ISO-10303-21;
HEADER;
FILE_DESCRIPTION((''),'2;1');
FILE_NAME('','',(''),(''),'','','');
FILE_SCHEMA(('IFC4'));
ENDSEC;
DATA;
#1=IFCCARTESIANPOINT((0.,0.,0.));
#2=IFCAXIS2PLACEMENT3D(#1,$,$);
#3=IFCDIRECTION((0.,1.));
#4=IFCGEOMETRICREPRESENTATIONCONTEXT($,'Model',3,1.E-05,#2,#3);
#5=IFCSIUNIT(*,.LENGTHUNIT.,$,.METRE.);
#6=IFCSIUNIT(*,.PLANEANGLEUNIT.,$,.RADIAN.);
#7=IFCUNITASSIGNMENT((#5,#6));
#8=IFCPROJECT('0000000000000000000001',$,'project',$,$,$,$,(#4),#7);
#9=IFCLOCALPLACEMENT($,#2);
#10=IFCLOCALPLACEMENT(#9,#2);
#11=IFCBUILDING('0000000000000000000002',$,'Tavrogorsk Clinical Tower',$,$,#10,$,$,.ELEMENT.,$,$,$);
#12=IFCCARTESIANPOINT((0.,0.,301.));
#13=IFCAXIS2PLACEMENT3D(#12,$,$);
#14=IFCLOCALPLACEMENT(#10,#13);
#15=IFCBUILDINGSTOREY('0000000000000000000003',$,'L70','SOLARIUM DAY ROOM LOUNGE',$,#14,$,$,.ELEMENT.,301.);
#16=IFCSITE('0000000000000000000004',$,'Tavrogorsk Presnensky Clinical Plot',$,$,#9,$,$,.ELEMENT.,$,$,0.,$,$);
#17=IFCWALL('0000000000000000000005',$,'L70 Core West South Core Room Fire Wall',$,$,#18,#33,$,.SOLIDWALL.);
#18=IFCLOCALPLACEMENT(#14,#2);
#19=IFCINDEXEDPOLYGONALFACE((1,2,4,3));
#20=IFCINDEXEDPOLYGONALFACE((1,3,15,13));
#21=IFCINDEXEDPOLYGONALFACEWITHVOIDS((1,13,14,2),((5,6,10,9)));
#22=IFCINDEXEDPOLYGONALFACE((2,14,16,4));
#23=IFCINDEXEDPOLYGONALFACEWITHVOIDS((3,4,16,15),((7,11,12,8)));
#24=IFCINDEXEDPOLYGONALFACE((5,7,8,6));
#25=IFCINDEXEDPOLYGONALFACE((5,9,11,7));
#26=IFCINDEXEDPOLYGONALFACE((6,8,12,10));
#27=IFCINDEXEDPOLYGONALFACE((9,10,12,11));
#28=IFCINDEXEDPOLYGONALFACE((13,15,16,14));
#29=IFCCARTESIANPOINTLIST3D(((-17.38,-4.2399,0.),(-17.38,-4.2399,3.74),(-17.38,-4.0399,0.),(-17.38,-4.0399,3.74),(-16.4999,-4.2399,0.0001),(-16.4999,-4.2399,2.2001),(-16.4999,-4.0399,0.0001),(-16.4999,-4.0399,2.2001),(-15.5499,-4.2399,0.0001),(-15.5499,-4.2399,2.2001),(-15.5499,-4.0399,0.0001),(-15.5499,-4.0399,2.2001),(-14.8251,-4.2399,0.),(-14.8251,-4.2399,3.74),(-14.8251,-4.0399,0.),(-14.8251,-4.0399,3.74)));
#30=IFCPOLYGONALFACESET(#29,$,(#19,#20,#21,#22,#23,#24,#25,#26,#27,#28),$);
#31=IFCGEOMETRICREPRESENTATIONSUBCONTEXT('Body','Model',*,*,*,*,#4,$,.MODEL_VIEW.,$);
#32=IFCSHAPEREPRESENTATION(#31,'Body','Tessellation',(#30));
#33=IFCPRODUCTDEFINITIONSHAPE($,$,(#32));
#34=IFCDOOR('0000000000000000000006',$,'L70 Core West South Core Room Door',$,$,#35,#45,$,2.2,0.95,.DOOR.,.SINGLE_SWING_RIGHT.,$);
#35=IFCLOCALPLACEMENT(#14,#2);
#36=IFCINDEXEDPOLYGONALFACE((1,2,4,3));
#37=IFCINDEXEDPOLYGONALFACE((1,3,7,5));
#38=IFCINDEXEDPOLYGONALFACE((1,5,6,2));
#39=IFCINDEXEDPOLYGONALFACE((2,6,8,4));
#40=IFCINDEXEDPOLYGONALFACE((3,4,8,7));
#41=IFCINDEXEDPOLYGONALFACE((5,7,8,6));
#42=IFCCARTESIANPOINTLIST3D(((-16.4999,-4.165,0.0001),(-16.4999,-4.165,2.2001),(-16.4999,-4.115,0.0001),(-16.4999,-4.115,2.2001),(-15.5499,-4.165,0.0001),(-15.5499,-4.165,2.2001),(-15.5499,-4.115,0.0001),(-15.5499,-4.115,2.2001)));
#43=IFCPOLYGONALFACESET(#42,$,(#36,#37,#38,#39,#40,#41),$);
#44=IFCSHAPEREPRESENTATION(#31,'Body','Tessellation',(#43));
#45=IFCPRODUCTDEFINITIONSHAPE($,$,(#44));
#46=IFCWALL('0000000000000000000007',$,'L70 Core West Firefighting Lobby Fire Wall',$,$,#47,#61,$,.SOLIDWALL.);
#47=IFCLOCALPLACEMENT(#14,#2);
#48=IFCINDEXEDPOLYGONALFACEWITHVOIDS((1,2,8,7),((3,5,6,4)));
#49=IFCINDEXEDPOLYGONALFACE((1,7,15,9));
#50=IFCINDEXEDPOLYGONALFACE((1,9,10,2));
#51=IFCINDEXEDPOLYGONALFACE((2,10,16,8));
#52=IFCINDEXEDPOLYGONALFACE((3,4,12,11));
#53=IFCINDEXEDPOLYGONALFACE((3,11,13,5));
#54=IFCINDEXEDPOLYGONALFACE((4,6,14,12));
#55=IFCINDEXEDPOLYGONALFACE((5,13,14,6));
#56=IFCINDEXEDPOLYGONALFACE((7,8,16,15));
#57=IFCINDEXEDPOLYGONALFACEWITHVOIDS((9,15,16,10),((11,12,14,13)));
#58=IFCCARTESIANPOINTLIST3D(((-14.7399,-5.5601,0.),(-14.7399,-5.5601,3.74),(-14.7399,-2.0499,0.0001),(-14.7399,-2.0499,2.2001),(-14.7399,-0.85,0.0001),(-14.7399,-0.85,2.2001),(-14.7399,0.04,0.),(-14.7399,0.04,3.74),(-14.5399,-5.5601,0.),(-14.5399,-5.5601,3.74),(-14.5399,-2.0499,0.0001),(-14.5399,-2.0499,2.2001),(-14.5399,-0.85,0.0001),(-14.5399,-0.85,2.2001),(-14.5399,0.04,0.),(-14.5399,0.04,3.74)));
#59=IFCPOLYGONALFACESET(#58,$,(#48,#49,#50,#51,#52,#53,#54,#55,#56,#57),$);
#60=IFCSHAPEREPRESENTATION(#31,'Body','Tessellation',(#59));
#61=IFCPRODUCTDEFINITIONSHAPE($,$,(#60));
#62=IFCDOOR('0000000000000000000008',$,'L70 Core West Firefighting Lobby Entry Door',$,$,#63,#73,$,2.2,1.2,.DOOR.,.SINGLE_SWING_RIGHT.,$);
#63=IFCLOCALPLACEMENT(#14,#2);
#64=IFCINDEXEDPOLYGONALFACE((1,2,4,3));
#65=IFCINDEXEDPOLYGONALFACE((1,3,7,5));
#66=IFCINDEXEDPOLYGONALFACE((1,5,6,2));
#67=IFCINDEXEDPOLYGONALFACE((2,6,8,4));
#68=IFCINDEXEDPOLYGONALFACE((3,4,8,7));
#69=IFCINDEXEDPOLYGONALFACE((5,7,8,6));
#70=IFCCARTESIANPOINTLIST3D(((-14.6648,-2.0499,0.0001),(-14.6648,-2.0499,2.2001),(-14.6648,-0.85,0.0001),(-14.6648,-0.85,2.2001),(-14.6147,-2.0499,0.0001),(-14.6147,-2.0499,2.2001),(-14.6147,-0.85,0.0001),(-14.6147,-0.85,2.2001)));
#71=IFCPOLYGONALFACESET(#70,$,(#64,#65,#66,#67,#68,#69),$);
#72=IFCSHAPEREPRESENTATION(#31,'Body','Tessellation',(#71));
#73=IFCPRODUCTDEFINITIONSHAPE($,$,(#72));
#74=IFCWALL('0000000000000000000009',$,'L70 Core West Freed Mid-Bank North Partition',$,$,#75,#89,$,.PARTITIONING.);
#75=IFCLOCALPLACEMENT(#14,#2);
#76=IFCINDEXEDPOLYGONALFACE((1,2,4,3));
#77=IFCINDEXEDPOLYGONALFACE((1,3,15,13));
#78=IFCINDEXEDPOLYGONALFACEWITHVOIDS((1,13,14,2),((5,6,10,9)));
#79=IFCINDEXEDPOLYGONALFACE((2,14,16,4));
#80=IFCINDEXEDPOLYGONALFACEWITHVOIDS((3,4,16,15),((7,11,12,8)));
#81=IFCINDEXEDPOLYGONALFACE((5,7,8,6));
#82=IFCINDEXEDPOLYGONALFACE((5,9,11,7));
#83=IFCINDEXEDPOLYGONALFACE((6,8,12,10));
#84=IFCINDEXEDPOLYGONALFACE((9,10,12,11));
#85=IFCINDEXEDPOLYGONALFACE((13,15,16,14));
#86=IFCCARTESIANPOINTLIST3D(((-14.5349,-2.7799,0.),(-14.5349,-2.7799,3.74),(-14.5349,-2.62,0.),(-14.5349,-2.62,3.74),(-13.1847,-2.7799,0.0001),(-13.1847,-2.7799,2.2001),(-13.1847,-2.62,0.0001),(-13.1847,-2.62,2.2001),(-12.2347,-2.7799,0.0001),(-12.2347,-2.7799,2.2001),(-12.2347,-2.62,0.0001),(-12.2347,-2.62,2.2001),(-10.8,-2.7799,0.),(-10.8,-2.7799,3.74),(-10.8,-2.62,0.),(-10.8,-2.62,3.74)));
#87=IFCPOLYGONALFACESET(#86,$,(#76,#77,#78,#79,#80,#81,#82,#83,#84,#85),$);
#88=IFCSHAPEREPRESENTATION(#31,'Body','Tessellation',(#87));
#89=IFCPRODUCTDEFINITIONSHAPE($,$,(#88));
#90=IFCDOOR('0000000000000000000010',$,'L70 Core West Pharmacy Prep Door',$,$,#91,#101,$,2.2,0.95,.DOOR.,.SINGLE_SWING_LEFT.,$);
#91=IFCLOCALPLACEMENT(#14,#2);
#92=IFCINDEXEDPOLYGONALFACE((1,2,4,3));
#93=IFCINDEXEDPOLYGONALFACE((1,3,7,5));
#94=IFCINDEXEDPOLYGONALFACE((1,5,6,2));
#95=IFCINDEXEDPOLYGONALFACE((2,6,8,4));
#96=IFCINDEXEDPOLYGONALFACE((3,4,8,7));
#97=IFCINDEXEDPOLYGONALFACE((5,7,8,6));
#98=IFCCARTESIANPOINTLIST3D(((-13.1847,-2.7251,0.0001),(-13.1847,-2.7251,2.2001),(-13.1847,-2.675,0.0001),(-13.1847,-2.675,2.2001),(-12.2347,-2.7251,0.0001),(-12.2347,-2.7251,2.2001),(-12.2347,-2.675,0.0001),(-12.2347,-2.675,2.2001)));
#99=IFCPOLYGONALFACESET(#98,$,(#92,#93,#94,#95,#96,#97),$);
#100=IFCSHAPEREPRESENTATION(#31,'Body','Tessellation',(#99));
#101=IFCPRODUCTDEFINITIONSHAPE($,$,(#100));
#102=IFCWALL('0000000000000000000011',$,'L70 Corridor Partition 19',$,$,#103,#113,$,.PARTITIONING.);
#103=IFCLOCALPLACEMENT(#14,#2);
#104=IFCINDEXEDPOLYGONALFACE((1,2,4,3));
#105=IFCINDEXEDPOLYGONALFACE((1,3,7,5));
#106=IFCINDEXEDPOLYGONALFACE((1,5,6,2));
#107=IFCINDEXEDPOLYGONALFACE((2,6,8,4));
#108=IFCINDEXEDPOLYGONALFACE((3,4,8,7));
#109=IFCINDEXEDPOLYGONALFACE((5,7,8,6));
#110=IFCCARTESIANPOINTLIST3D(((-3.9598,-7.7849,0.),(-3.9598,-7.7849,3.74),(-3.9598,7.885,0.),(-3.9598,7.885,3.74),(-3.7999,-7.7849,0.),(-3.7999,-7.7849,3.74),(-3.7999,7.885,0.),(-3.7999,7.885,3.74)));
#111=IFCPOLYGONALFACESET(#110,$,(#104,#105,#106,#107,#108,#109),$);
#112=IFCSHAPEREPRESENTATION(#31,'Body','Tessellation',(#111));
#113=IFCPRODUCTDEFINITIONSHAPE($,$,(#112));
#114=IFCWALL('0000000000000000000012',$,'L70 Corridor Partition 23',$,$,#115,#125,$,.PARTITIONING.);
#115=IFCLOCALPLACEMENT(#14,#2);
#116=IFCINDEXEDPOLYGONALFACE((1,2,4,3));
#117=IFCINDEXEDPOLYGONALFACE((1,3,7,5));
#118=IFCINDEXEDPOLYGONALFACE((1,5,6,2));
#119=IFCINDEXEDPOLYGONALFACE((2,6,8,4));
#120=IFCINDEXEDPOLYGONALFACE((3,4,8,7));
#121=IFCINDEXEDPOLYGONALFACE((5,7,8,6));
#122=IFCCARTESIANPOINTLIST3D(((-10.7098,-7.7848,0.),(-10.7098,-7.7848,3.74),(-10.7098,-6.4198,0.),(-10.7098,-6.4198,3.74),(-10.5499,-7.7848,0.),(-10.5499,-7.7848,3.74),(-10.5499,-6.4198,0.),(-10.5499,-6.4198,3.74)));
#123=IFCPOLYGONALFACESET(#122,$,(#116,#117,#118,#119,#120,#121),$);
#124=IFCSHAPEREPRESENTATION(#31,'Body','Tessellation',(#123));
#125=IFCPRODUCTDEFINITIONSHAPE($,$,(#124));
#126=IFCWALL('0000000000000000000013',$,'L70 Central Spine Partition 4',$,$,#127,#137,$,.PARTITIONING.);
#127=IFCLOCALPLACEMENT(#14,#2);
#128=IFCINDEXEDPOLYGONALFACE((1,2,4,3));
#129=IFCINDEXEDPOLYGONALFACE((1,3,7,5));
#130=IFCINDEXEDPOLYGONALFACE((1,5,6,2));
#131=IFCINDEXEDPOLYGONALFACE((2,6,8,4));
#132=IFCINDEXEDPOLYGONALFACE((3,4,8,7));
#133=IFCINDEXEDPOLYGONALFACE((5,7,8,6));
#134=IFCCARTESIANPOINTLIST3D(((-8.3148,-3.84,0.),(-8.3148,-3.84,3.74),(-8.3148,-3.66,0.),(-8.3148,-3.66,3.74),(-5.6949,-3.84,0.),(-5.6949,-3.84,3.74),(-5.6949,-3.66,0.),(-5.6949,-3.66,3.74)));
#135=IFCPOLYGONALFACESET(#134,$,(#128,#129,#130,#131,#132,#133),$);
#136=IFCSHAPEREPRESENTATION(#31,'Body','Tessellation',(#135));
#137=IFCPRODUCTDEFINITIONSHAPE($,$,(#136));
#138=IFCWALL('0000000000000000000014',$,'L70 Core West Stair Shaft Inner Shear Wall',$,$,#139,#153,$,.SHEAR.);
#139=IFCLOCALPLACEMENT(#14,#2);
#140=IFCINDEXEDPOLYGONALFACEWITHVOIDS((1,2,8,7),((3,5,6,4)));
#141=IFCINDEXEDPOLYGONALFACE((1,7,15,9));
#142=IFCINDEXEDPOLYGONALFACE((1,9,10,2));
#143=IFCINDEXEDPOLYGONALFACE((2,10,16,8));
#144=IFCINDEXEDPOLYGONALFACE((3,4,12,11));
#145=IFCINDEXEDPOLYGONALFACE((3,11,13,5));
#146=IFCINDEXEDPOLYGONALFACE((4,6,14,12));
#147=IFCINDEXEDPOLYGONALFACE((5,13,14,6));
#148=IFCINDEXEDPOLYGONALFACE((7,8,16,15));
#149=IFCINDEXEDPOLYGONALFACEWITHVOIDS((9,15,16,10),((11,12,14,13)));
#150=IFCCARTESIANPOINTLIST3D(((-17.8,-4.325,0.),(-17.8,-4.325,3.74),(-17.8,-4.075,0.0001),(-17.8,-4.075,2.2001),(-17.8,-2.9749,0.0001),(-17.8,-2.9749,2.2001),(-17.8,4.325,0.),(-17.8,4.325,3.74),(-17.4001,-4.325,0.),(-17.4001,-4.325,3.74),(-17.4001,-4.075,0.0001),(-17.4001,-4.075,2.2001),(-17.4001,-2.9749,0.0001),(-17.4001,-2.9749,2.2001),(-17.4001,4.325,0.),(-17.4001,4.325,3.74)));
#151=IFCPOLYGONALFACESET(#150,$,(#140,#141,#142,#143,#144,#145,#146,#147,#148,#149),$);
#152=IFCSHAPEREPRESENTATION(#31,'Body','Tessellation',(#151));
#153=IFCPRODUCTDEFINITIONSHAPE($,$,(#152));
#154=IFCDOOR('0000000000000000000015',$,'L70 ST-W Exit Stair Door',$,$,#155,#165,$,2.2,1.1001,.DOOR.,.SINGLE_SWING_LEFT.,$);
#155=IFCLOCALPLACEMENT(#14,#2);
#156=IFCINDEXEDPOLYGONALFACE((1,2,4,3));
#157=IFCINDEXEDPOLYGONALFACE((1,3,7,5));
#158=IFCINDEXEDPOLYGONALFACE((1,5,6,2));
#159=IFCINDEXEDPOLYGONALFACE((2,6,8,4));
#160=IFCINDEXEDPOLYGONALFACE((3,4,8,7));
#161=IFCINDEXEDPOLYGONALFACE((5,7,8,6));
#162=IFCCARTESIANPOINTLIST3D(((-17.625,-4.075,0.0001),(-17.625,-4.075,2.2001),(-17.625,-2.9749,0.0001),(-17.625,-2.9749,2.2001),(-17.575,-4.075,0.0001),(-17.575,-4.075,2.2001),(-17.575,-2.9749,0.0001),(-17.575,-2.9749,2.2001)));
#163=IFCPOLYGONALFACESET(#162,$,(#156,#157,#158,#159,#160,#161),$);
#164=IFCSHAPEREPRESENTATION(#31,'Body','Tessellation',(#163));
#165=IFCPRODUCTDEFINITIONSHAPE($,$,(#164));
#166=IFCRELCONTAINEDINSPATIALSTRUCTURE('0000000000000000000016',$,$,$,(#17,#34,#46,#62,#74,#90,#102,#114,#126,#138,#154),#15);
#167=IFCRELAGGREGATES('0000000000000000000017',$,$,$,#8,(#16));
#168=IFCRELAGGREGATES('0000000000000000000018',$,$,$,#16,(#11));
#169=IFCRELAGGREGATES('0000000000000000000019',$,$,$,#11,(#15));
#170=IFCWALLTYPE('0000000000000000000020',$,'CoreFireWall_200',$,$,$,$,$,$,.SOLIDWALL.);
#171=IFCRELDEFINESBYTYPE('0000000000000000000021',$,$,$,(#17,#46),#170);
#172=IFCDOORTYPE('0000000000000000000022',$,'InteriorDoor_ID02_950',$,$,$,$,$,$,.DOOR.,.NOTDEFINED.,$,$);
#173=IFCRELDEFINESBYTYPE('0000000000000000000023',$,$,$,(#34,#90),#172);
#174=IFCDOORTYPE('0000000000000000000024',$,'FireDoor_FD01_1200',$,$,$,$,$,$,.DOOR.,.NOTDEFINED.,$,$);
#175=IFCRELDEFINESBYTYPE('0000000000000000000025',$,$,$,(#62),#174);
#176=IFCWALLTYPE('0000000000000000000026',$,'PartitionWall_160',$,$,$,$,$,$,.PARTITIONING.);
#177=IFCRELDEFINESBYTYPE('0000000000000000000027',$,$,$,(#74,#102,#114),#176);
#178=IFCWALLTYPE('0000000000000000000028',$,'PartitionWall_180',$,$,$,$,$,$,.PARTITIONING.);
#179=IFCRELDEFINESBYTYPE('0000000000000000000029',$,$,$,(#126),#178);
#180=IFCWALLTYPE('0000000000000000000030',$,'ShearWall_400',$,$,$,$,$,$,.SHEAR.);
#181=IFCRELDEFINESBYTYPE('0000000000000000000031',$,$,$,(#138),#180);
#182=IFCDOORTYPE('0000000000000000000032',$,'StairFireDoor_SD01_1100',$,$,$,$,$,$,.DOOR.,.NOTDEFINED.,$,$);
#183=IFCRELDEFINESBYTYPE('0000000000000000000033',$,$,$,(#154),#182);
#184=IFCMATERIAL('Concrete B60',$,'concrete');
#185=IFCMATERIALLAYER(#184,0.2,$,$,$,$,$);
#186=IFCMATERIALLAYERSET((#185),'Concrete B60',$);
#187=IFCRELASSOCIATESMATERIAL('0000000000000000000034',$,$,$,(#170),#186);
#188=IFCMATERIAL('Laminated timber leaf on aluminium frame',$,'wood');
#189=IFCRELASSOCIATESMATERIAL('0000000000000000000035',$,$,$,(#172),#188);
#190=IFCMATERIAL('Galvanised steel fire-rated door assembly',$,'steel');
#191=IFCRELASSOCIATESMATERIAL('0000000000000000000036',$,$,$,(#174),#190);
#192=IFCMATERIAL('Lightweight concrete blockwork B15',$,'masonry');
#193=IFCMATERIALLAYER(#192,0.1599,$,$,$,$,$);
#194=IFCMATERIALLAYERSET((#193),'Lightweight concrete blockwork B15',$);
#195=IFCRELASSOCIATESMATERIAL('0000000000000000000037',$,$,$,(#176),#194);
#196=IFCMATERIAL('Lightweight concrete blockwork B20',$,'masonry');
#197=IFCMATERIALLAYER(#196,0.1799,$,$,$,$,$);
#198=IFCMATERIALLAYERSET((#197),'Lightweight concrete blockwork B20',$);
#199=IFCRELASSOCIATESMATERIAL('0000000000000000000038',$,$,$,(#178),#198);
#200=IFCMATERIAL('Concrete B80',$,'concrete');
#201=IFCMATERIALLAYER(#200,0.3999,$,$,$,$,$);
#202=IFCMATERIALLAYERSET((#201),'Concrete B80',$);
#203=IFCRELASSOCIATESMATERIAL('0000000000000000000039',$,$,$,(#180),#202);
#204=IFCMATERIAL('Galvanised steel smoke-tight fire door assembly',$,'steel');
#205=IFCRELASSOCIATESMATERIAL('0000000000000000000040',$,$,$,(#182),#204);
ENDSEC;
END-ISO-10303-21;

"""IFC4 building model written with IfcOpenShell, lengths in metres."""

from ifc_helpers import new_model, si_unit, direction, frame, frame_2d, origin, place, context, subcontext, project, spatial, rectangle, extrude, material, layer, layer_set, type_object, element, fill, save


model = new_model("IFC4")

# Units and contexts
model_context = context("Model", 3, precision=1e-05, world=origin(), true_north=direction((0.0, 1.0)))
body_context = subcontext(model_context, "Body", "Model", "MODEL_VIEW")
ifc_project = project(units=[si_unit("LENGTHUNIT", "METRE"), si_unit("PLANEANGLEUNIT", "RADIAN")], contexts=[model_context])

# Site, building, storey
site_placement = place(None, origin())
site = spatial("IfcSite", under=ifc_project, at=site_placement, Name="Tavrogorsk Presnensky Clinical Plot", CompositionType="ELEMENT", RefElevation=0.0)
building_placement = place(site_placement, origin())
building = spatial("IfcBuilding", under=site, at=building_placement, Name="Tavrogorsk Clinical Tower", CompositionType="ELEMENT")
storey_placement = place(building_placement, frame((0.0, 0.0, 301.0)))
storey = spatial("IfcBuildingStorey", under=building, at=storey_placement, Name="L70", Description="SOLARIUM DAY ROOM LOUNGE", CompositionType="ELEMENT", Elevation=301.0)

# Walls, openings, doors
ifc_material_1 = material(Name="Concrete B60", Category="concrete")
ifc_layer_1 = layer(ifc_material_1, 0.2)
ifc_layer_set_1 = layer_set([ifc_layer_1], Name="Concrete B60")
wall_type_1 = type_object("IfcWallType", Name="CoreFireWall_200", PredefinedType="SOLIDWALL", material=ifc_layer_set_1)
wall_1_placement = place(storey_placement, frame((-17.3799, -4.1399, 0.0), z_axis=(0.0, 0.0, 1.0), x_axis=(1.0, 0.0, 0.0)))
wall_1 = element("IfcWall", 1, at=wall_1_placement, inside=storey, type_object=wall_type_1, Name="L70 Core West South Core Room Fire Wall", PredefinedType="SOLIDWALL", context=body_context, shape_type="SweptSolid", body=[
    extrude(rectangle(XDim=2.5549, YDim=0.2, at=frame_2d((1.2773, 0.0))), origin(), (0.0, 0.0, 1.0), 3.74),
])
opening_1_placement = place(wall_1_placement, frame((0.8799, 0.0, 0.0)))
opening_1 = element("IfcOpeningElement", 2, at=opening_1_placement, cuts=wall_1, PredefinedType="OPENING", context=body_context, shape_type="SweptSolid", body=[
    extrude(rectangle(XDim=0.95, YDim=2.2, at=frame_2d((0.4751, 1.1001))), frame((0.0, 0.1099, 0.0), z_axis=(0.0, -1.0, 0.0), x_axis=(1.0, 0.0, 0.0)), (0.0, 0.0, 1.0), 0.22),
])
ifc_material_2 = material(Name="Laminated timber leaf on aluminium frame", Category="wood")
door_type_1 = type_object("IfcDoorType", Name="InteriorDoor_ID02_950", OperationType="NOTDEFINED", PredefinedType="DOOR", material=ifc_material_2)
door_1_placement = place(opening_1_placement, origin())
door_1 = element("IfcDoor", 3, at=door_1_placement, inside=storey, type_object=door_type_1, Name="L70 Core West South Core Room Door", OperationType="SINGLE_SWING_RIGHT", OverallHeight=2.2, OverallWidth=0.95, PredefinedType="DOOR", context=body_context, shape_type="SweptSolid", body=[
    extrude(rectangle(XDim=0.95, YDim=2.2, at=frame_2d((0.4751, 1.1001))), frame((0.0, 0.0249, 0.0), z_axis=(0.0, -1.0, 0.0), x_axis=(1.0, 0.0, 0.0)), (0.0, 0.0, 1.0), 0.05),
])
fill(opening_1, door_1)
wall_2_placement = place(storey_placement, frame((-14.6399, -5.5601, 0.0), z_axis=(0.0, 0.0, 1.0), x_axis=(0.0, 1.0, 0.0)))
wall_2 = element("IfcWall", 4, at=wall_2_placement, inside=storey, type_object=wall_type_1, Name="L70 Core West Firefighting Lobby Fire Wall", PredefinedType="SOLIDWALL", context=body_context, shape_type="SweptSolid", body=[
    extrude(rectangle(XDim=5.6001, YDim=0.2, at=frame_2d((2.8, 0.0))), origin(), (0.0, 0.0, 1.0), 3.74),
])
opening_2_placement = place(wall_2_placement, frame((3.51, 0.0, 0.0)))
opening_2 = element("IfcOpeningElement", 5, at=opening_2_placement, cuts=wall_2, PredefinedType="OPENING", context=body_context, shape_type="SweptSolid", body=[
    extrude(rectangle(XDim=1.2, YDim=2.2, at=frame_2d((0.6001, 1.1001))), frame((0.0, 0.1099, 0.0), z_axis=(0.0, -1.0, 0.0), x_axis=(1.0, 0.0, 0.0)), (0.0, 0.0, 1.0), 0.22),
])
ifc_material_3 = material(Name="Galvanised steel fire-rated door assembly", Category="steel")
door_type_2 = type_object("IfcDoorType", Name="FireDoor_FD01_1200", OperationType="NOTDEFINED", PredefinedType="DOOR", material=ifc_material_3)
door_2_placement = place(opening_2_placement, origin())
door_2 = element("IfcDoor", 6, at=door_2_placement, inside=storey, type_object=door_type_2, Name="L70 Core West Firefighting Lobby Entry Door", OperationType="SINGLE_SWING_RIGHT", OverallHeight=2.2, OverallWidth=1.2, PredefinedType="DOOR", context=body_context, shape_type="SweptSolid", body=[
    extrude(rectangle(XDim=1.2, YDim=2.2, at=frame_2d((0.6001, 1.1001))), frame((0.0, 0.0249, 0.0), z_axis=(0.0, -1.0, 0.0), x_axis=(1.0, 0.0, 0.0)), (0.0, 0.0, 1.0), 0.05),
])
fill(opening_2, door_2)
ifc_material_4 = material(Name="Lightweight concrete blockwork B15", Category="masonry")
ifc_layer_2 = layer(ifc_material_4, 0.1599)
ifc_layer_set_2 = layer_set([ifc_layer_2], Name="Lightweight concrete blockwork B15")
wall_type_2 = type_object("IfcWallType", Name="PartitionWall_160", PredefinedType="PARTITIONING", material=ifc_layer_set_2)
wall_3_placement = place(storey_placement, frame((-14.5349, -2.7, 0.0), z_axis=(0.0, 0.0, 1.0), x_axis=(1.0, 0.0, 0.0)))
wall_3 = element("IfcWall", 7, at=wall_3_placement, inside=storey, type_object=wall_type_2, Name="L70 Core West Freed Mid-Bank North Partition", PredefinedType="PARTITIONING", context=body_context, shape_type="SweptSolid", body=[
    extrude(rectangle(XDim=3.7349, YDim=0.1599, at=frame_2d((1.8674, 0.0))), origin(), (0.0, 0.0, 1.0), 3.74),
])
opening_3_placement = place(wall_3_placement, frame((1.3501, 0.0, 0.0)))
opening_3 = element("IfcOpeningElement", 8, at=opening_3_placement, cuts=wall_3, PredefinedType="OPENING", context=body_context, shape_type="SweptSolid", body=[
    extrude(rectangle(XDim=0.95, YDim=2.2, at=frame_2d((0.4751, 1.1001))), frame((0.0, 0.0898, 0.0), z_axis=(0.0, -1.0, 0.0), x_axis=(1.0, 0.0, 0.0)), (0.0, 0.0, 1.0), 0.1799),
])
door_3_placement = place(opening_3_placement, origin())
door_3 = element("IfcDoor", 9, at=door_3_placement, inside=storey, type_object=door_type_1, Name="L70 Core West Pharmacy Prep Door", OperationType="SINGLE_SWING_LEFT", OverallHeight=2.2, OverallWidth=0.95, PredefinedType="DOOR", context=body_context, shape_type="SweptSolid", body=[
    extrude(rectangle(XDim=0.95, YDim=2.2, at=frame_2d((0.4751, 1.1001))), frame((0.0, 0.0249, 0.0), z_axis=(0.0, -1.0, 0.0), x_axis=(1.0, 0.0, 0.0)), (0.0, 0.0, 1.0), 0.05),
])
fill(opening_3, door_3)

# Walls
wall_4_placement = place(storey_placement, frame((-3.8799, -7.7849, 0.0), z_axis=(0.0, 0.0, 1.0), x_axis=(0.0, 1.0, 0.0)))
element("IfcWall", 10, at=wall_4_placement, inside=storey, type_object=wall_type_2, Name="L70 Corridor Partition 19", PredefinedType="PARTITIONING", context=body_context, shape_type="SweptSolid", body=[
    extrude(rectangle(XDim=15.6699, YDim=0.1599, at=frame_2d((7.835, 0.0))), origin(), (0.0, 0.0, 1.0), 3.74),
])
wall_5_placement = place(storey_placement, frame((-10.6299, -7.7849, 0.0), z_axis=(0.0, 0.0, 1.0), x_axis=(0.0, 1.0, 0.0)))
element("IfcWall", 11, at=wall_5_placement, inside=storey, type_object=wall_type_2, Name="L70 Corridor Partition 23", PredefinedType="PARTITIONING", context=body_context, shape_type="SweptSolid", body=[
    extrude(rectangle(XDim=1.365, YDim=0.1599, at=frame_2d((0.6826, 0.0))), origin(), (0.0, 0.0, 1.0), 3.74),
])
ifc_material_5 = material(Name="Lightweight concrete blockwork B20", Category="masonry")
ifc_layer_3 = layer(ifc_material_5, 0.1799)
ifc_layer_set_3 = layer_set([ifc_layer_3], Name="Lightweight concrete blockwork B20")
wall_type_3 = type_object("IfcWallType", Name="PartitionWall_180", PredefinedType="PARTITIONING", material=ifc_layer_set_3)
wall_6_placement = place(storey_placement, frame((-8.3149, -3.75, 0.0), z_axis=(0.0, 0.0, 1.0), x_axis=(1.0, 0.0, 0.0)))
element("IfcWall", 12, at=wall_6_placement, inside=storey, type_object=wall_type_3, Name="L70 Central Spine Partition 4", PredefinedType="PARTITIONING", context=body_context, shape_type="SweptSolid", body=[
    extrude(rectangle(XDim=2.6199, YDim=0.1799, at=frame_2d((1.3101, 0.0))), origin(), (0.0, 0.0, 1.0), 3.74),
])

# Wall, opening, door
ifc_material_6 = material(Name="Concrete B80", Category="concrete")
ifc_layer_4 = layer(ifc_material_6, 0.3999)
ifc_layer_set_4 = layer_set([ifc_layer_4], Name="Concrete B80")
wall_type_4 = type_object("IfcWallType", Name="ShearWall_400", PredefinedType="SHEAR", material=ifc_layer_set_4)
wall_7_placement = place(storey_placement, frame((-17.6001, -4.325, 0.0), z_axis=(0.0, 0.0, 1.0), x_axis=(0.0, 1.0, 0.0)))
wall_7 = element("IfcWall", 13, at=wall_7_placement, inside=storey, type_object=wall_type_4, Name="L70 Core West Stair Shaft Inner Shear Wall", PredefinedType="SHEAR", context=body_context, shape_type="SweptSolid", body=[
    extrude(rectangle(XDim=8.6499, YDim=0.3999, at=frame_2d((4.325, 0.0))), origin(), (0.0, 0.0, 1.0), 3.74),
])
opening_4_placement = place(wall_7_placement, frame((0.25, 0.0, 0.0)))
opening_4 = element("IfcOpeningElement", 14, at=opening_4_placement, cuts=wall_7, PredefinedType="OPENING", context=body_context, shape_type="SweptSolid", body=[
    extrude(rectangle(XDim=1.1001, YDim=2.2, at=frame_2d((0.55, 1.1001))), frame((0.0, 0.21, 0.0), z_axis=(0.0, -1.0, 0.0), x_axis=(1.0, 0.0, 0.0)), (0.0, 0.0, 1.0), 0.4199),
])
ifc_material_7 = material(Name="Galvanised steel smoke-tight fire door assembly", Category="steel")
door_type_3 = type_object("IfcDoorType", Name="StairFireDoor_SD01_1100", OperationType="NOTDEFINED", PredefinedType="DOOR", material=ifc_material_7)
door_4_placement = place(opening_4_placement, origin())
door_4 = element("IfcDoor", 15, at=door_4_placement, inside=storey, type_object=door_type_3, Name="L70 ST-W Exit Stair Door", OperationType="SINGLE_SWING_LEFT", OverallHeight=2.2, OverallWidth=1.1001, PredefinedType="DOOR", context=body_context, shape_type="SweptSolid", body=[
    extrude(rectangle(XDim=1.1001, YDim=2.2, at=frame_2d((0.55, 1.1001))), frame((0.0, 0.0249, 0.0), z_axis=(0.0, -1.0, 0.0), x_axis=(1.0, 0.0, 0.0)), (0.0, 0.0, 1.0), 0.05),
])
fill(opening_4, door_4)

save(model, "model.ifc")
